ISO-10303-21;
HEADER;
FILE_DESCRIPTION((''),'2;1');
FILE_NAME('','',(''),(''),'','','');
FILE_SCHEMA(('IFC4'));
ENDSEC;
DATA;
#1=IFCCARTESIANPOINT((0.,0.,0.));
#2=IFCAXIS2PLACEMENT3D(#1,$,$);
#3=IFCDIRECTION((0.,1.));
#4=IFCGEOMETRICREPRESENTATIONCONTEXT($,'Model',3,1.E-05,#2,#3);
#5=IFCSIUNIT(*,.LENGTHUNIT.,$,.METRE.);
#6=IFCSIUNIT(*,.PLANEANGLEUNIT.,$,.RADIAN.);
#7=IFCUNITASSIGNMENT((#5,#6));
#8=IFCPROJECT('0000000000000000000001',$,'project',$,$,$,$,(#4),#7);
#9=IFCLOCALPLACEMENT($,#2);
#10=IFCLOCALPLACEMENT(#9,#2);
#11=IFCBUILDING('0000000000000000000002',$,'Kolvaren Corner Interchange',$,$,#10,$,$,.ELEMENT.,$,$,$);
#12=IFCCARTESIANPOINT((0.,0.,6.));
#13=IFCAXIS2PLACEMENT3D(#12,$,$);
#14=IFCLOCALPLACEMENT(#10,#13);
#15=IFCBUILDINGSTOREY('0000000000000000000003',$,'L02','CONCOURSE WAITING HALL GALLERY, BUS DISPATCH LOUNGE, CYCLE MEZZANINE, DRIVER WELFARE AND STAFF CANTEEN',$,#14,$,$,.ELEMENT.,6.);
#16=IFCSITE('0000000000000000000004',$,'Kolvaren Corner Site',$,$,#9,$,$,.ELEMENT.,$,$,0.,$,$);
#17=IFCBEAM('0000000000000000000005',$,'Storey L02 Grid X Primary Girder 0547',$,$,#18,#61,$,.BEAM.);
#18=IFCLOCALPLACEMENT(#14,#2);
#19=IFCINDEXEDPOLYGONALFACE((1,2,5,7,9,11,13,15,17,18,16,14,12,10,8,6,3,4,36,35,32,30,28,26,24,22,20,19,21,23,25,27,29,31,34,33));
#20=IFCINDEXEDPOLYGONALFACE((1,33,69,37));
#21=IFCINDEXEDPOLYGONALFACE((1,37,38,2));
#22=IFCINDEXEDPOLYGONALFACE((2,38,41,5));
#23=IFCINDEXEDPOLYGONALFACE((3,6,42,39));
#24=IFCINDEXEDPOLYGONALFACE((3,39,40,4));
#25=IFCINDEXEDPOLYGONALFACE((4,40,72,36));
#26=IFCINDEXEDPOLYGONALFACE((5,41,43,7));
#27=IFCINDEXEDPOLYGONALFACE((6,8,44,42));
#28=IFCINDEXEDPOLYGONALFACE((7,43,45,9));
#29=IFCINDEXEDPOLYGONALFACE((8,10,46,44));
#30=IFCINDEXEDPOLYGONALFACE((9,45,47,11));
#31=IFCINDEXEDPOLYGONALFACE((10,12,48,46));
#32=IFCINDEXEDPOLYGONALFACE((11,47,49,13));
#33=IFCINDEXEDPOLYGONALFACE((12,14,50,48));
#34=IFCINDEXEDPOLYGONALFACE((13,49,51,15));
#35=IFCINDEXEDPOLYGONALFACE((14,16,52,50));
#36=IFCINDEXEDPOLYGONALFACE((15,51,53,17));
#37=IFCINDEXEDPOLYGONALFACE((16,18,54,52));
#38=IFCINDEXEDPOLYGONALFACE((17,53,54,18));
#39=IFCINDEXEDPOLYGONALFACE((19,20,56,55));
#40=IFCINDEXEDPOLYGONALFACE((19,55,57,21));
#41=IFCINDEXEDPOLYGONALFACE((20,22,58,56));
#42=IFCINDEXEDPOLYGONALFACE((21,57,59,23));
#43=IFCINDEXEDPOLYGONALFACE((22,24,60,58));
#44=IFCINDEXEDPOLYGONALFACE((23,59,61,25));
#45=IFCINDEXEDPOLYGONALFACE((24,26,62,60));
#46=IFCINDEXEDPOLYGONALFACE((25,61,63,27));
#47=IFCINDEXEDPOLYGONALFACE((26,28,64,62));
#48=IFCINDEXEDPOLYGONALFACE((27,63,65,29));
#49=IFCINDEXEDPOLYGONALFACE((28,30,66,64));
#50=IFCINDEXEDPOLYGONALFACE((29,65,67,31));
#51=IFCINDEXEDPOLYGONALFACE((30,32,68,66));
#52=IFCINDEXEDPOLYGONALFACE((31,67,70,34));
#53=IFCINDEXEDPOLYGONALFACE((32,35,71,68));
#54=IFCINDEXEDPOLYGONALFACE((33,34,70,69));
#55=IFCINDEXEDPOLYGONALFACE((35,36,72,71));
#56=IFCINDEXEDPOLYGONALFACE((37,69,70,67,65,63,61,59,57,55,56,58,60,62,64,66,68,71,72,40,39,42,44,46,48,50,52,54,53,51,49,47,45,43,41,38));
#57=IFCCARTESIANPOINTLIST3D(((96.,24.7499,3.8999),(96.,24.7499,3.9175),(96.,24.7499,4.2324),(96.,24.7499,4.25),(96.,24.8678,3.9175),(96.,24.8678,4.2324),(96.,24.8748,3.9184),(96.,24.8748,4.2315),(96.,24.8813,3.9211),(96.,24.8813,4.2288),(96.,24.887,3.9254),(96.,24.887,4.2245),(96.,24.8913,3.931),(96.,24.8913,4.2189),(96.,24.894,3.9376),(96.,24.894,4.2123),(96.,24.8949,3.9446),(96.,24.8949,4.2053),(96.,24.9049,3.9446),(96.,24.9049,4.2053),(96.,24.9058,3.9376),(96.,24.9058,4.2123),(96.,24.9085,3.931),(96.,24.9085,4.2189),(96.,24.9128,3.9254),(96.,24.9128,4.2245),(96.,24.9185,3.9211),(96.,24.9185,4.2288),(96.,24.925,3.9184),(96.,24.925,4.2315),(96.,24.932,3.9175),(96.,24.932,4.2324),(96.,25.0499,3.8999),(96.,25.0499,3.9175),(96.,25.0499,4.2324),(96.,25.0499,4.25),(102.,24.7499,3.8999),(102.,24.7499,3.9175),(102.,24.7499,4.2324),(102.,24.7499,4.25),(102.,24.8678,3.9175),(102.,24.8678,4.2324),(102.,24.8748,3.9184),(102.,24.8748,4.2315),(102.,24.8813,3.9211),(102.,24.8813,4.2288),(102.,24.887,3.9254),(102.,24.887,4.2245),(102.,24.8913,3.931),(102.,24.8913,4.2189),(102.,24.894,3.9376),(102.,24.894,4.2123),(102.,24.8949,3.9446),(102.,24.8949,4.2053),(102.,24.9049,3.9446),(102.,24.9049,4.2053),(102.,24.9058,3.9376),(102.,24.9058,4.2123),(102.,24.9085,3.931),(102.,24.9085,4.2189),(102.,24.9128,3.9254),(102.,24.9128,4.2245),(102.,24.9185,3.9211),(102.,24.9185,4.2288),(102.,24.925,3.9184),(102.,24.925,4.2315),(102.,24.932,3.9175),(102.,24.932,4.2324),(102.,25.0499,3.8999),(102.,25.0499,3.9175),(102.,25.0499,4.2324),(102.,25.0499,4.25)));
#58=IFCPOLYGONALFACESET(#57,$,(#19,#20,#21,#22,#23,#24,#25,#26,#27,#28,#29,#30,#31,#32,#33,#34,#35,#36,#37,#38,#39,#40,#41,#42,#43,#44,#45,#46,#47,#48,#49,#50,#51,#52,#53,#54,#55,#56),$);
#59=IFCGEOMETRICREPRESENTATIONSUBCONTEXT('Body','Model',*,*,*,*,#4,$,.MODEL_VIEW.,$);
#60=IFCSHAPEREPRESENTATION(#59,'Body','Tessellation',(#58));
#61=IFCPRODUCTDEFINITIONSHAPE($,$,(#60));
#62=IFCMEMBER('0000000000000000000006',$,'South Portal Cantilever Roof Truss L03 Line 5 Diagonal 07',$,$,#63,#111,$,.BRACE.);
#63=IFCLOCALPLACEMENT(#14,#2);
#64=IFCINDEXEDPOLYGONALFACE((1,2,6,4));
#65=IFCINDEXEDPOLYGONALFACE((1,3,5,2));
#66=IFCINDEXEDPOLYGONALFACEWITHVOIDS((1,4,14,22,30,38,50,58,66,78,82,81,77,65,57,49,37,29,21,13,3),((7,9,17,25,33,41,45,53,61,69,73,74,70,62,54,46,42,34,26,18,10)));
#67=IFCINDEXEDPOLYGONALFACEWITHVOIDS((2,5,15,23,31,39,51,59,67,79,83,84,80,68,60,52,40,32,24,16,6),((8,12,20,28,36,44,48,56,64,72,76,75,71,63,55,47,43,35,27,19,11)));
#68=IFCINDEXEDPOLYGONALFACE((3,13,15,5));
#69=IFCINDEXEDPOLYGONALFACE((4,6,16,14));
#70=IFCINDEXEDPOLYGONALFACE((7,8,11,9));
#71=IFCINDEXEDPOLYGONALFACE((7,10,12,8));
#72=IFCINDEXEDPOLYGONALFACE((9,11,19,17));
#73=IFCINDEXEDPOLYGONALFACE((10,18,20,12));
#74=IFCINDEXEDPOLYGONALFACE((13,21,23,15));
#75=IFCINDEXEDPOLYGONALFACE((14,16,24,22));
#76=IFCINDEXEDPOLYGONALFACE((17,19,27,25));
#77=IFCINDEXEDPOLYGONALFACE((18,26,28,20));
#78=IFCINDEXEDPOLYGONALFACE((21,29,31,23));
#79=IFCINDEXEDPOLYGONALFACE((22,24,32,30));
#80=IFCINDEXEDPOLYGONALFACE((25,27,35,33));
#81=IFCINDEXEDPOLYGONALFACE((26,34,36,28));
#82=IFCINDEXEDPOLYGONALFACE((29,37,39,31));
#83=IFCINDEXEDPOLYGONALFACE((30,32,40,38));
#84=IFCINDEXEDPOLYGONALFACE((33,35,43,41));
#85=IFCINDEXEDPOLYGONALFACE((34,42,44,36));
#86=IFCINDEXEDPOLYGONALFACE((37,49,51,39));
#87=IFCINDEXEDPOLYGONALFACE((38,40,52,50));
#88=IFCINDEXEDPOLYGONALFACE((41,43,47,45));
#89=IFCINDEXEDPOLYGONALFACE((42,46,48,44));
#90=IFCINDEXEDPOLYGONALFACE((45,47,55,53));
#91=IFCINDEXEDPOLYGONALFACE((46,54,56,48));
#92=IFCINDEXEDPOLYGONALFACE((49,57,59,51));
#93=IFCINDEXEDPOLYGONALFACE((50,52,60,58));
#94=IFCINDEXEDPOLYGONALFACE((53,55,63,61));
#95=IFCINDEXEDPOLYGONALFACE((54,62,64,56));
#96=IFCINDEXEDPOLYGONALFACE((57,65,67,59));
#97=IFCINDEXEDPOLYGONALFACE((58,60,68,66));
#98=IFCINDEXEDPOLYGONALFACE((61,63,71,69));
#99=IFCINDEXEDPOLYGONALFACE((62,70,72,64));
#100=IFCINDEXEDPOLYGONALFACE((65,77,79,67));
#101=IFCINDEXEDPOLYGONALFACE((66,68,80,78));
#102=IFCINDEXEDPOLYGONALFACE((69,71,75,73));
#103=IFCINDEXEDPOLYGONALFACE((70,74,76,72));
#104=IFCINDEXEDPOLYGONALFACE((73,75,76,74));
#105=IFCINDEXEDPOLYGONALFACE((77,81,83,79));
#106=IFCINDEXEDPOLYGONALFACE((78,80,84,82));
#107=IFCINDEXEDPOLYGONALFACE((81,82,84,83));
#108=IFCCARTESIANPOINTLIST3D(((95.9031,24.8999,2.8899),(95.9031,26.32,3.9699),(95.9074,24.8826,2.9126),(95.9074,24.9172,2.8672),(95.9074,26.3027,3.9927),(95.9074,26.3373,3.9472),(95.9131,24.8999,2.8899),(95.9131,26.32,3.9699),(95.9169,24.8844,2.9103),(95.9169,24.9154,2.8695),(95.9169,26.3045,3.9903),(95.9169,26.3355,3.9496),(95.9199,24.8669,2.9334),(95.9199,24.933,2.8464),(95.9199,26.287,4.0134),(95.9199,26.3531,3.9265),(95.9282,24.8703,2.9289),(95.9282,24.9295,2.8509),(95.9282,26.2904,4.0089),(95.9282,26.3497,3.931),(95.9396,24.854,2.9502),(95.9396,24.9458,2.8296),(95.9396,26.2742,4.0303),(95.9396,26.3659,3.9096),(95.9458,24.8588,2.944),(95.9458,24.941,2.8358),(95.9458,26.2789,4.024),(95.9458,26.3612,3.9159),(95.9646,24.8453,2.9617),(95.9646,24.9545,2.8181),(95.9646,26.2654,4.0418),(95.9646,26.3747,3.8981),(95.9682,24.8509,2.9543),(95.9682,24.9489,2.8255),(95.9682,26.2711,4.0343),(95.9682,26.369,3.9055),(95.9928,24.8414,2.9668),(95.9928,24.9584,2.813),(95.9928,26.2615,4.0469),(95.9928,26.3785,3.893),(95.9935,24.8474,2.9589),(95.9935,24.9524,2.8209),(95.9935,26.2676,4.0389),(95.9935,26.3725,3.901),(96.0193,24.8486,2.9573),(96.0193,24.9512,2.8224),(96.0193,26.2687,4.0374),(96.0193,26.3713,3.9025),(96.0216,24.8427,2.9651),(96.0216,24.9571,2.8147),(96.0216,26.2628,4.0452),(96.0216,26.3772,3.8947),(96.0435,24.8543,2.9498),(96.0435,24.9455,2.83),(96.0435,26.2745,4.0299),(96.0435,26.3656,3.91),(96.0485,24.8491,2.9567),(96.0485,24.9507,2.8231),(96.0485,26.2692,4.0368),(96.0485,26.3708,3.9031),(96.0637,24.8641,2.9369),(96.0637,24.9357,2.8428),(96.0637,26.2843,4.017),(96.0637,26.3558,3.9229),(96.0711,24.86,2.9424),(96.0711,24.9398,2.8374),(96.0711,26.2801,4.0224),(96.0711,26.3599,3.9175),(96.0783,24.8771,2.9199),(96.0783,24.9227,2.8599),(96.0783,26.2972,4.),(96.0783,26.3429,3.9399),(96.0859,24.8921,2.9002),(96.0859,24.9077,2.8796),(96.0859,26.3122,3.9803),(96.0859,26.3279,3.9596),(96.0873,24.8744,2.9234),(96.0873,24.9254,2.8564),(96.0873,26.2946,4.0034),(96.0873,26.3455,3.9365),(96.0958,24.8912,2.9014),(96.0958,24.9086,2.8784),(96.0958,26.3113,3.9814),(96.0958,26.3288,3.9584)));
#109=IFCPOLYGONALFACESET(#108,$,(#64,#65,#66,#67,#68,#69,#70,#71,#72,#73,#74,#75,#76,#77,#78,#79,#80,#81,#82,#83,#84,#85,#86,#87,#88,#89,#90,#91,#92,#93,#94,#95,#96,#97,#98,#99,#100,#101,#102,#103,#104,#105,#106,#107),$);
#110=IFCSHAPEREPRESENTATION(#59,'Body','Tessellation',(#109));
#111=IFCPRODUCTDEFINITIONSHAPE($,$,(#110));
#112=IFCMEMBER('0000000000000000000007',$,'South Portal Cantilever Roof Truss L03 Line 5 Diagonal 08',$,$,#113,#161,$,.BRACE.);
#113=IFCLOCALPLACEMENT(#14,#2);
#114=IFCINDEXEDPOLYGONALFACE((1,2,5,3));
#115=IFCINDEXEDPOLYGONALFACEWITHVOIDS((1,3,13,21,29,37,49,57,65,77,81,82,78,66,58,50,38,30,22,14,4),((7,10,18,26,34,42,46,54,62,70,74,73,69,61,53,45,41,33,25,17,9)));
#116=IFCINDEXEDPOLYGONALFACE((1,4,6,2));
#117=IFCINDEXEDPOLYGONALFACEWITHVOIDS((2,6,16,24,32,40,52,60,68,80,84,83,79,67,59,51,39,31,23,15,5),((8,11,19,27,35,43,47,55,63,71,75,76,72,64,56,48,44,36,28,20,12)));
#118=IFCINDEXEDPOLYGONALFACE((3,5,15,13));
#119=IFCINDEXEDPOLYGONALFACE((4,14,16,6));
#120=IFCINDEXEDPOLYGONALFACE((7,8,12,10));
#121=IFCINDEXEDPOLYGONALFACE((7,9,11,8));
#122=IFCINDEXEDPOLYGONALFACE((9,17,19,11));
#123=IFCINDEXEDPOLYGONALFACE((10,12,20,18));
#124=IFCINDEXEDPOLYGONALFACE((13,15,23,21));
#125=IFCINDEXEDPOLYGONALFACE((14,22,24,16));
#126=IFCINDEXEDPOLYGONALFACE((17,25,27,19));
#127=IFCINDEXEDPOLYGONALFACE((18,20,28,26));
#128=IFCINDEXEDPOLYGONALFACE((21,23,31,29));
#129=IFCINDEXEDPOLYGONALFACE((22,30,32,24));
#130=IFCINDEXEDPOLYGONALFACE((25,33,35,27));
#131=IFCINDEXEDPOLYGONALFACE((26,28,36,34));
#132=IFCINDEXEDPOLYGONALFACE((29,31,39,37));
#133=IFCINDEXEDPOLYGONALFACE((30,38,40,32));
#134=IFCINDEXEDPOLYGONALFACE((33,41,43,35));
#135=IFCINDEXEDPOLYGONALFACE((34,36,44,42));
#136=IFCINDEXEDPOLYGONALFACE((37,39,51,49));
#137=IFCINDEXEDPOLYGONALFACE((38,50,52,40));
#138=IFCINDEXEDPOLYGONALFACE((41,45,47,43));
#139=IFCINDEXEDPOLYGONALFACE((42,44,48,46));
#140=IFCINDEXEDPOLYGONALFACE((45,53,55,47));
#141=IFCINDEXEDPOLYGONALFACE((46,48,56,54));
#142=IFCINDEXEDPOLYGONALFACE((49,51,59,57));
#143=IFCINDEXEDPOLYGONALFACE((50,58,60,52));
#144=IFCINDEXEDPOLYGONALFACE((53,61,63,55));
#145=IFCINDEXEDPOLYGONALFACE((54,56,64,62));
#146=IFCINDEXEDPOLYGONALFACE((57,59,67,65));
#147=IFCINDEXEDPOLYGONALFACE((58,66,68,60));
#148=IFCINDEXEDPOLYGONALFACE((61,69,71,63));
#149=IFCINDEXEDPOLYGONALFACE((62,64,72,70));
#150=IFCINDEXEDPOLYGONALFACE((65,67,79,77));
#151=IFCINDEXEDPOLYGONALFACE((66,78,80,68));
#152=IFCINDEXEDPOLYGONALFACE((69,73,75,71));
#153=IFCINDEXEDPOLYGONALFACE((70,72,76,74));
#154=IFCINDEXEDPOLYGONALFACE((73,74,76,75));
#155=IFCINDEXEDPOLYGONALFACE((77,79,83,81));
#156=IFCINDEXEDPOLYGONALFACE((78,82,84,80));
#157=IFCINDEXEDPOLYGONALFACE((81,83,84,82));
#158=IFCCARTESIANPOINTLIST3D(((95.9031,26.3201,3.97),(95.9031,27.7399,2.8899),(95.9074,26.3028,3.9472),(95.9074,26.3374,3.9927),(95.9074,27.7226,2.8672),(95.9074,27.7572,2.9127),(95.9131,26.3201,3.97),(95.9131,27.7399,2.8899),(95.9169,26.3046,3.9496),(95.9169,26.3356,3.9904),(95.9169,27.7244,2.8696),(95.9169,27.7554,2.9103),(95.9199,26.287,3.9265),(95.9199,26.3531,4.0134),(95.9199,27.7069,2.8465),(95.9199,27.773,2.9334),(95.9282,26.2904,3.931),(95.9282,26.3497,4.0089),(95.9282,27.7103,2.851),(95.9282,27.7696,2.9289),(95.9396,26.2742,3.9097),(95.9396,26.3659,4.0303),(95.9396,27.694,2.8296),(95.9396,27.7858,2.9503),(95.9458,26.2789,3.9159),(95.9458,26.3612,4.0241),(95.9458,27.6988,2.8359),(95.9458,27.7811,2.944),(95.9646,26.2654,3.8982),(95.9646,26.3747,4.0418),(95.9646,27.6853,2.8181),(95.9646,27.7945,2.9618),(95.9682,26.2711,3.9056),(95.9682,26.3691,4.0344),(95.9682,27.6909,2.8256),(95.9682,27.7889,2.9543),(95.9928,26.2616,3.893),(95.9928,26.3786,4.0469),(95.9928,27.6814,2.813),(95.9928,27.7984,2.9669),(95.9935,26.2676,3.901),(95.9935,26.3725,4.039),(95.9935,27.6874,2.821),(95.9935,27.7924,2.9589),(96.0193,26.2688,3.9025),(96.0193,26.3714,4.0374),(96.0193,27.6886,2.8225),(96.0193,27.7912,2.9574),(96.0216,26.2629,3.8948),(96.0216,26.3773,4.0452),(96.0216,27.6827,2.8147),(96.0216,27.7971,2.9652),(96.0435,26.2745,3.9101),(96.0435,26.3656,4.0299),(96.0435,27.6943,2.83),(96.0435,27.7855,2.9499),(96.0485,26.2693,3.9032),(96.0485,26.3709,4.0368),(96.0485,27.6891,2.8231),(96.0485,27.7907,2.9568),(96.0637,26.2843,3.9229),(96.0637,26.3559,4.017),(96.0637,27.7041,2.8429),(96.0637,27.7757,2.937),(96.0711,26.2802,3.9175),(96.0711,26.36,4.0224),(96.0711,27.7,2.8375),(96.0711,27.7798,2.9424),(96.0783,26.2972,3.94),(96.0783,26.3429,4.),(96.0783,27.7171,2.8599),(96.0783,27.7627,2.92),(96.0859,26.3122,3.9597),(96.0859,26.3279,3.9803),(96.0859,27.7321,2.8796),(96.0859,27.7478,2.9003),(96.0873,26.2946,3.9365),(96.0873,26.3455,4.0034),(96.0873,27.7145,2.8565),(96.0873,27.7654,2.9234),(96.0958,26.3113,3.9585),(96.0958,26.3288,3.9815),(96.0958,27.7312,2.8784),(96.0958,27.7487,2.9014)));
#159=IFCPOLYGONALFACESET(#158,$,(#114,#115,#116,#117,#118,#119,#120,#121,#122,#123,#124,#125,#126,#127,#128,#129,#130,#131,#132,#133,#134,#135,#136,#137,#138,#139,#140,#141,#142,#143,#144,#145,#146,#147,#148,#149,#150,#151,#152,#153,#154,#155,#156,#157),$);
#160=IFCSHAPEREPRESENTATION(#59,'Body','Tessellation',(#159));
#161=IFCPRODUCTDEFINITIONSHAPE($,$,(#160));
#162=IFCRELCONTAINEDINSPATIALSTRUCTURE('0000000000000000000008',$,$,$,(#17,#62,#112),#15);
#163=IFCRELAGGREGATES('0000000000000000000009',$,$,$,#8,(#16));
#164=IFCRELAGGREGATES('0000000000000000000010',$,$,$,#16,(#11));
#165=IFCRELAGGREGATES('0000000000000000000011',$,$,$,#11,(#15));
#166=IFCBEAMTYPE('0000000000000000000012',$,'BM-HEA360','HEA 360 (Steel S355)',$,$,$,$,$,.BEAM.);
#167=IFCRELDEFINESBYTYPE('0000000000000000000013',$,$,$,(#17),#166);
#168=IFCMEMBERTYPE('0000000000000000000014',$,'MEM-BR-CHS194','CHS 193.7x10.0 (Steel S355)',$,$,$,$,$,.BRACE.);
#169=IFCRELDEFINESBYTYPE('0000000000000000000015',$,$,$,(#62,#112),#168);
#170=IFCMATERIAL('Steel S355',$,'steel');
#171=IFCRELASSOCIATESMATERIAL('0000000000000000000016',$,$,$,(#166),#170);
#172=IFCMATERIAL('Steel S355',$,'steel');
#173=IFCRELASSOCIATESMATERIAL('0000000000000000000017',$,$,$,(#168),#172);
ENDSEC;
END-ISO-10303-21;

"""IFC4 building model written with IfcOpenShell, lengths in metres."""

from ifc_helpers import new_model, si_unit, direction, frame, origin, origin_2d, place, context, subcontext, project, spatial, hollow_circle, i_section, extrude, material, material_profile, profile_set, type_object, element, save


model = new_model("IFC4")

# Units and contexts
model_context = context("Model", 3, precision=1e-05, world=origin(), true_north=direction((0.0, 1.0)))
body_context = subcontext(model_context, "Body", "Model", "MODEL_VIEW")
ifc_project = project(units=[si_unit("LENGTHUNIT", "METRE"), si_unit("PLANEANGLEUNIT", "RADIAN")], contexts=[model_context])

# Site, building, storey
site_placement = place(None, origin())
site = spatial("IfcSite", under=ifc_project, at=site_placement, Name="Kolvaren Corner Site", CompositionType="ELEMENT", RefElevation=0.0)
building_placement = place(site_placement, origin())
building = spatial("IfcBuilding", under=site, at=building_placement, Name="Kolvaren Corner Interchange", CompositionType="ELEMENT")
storey_placement = place(building_placement, frame((0.0, 0.0, 6.0)))
storey = spatial("IfcBuildingStorey", under=building, at=storey_placement, Name="L02", Description="CONCOURSE WAITING HALL GALLERY, BUS DISPATCH LOUNGE, CYCLE MEZZANINE, DRIVER WELFARE AND STAFF CANTEEN", CompositionType="ELEMENT", Elevation=6.0)

# Beam
ifc_material_1 = material(Name="Steel S355", Category="steel")
ifc_material_profile_1 = material_profile(ifc_material_1, i_section(OverallWidth=0.3, OverallDepth=0.3501, WebThickness=0.01, FlangeThickness=0.0176, FilletRadius=0.0271, at=origin_2d()), Name="HEA 360")
ifc_profile_set_1 = profile_set([ifc_material_profile_1], Name="Steel S355")
beam_type = type_object("IfcBeamType", Name="BM-HEA360", Description="HEA 360 (Steel S355)", PredefinedType="BEAM", material=ifc_profile_set_1)
for number, where, z_axis, x_axis, name in (
    (1, (96.0, 24.8999, 4.075), (1.0, 0.0, 0.0), (0.0, 1.0, 0.0), "Storey L02 Grid X Primary Girder 0547"),
):
    element("IfcBeam", number, at=place(storey_placement, frame(where, z_axis=z_axis, x_axis=x_axis)), inside=storey, type_object=beam_type, Name=name, PredefinedType="BEAM", context=body_context, shape_type="SweptSolid", body=[
        extrude(i_section(OverallWidth=0.3, OverallDepth=0.3501, WebThickness=0.01, FlangeThickness=0.0176, FilletRadius=0.0271, at=origin_2d()), origin(), (0.0, 0.0, 1.0), 6.0),
    ])

# Members
ifc_material_2 = material(Name="Steel S355", Category="steel")
ifc_material_profile_2 = material_profile(ifc_material_2, hollow_circle(Radius=0.0969, WallThickness=0.01, at=origin_2d()), Name="CHS 193.7x10.0")
ifc_profile_set_2 = profile_set([ifc_material_profile_2], Name="Steel S355")
member_type_1 = type_object("IfcMemberType", Name="MEM-BR-CHS194", Description="CHS 193.7x10.0 (Steel S355)", PredefinedType="BRACE", material=ifc_profile_set_2)
member_1_placement = place(storey_placement, frame((96.0, 24.8999, 2.8899), z_axis=(0.0, 0.795959, 0.60535), x_axis=(-1.0, 0.0, 0.0)))
element("IfcMember", 2, at=member_1_placement, inside=storey, type_object=member_type_1, Name="South Portal Cantilever Roof Truss L03 Line 5 Diagonal 07", PredefinedType="BRACE", context=body_context, shape_type="SweptSolid", body=[
    extrude(hollow_circle(Radius=0.0969, WallThickness=0.01, at=origin_2d()), origin(), (0.0, 0.0, 1.0), 1.7842),
])
for number, where, z_axis, x_axis, name in (
    (3, (96.0, 26.3201, 3.97), (0.0, 0.795909, -0.605416), (-1.0, 0.0, 0.0), "South Portal Cantilever Roof Truss L03 Line 5 Diagonal 08"),
):
    element("IfcMember", number, at=place(storey_placement, frame(where, z_axis=z_axis, x_axis=x_axis)), inside=storey, type_object=member_type_1, Name=name, PredefinedType="BRACE", context=body_context, shape_type="SweptSolid", body=[
        extrude(hollow_circle(Radius=0.0969, WallThickness=0.01, at=origin_2d()), origin(), (0.0, 0.0, 1.0), 1.7839),
    ])

save(model, "model.ifc")
